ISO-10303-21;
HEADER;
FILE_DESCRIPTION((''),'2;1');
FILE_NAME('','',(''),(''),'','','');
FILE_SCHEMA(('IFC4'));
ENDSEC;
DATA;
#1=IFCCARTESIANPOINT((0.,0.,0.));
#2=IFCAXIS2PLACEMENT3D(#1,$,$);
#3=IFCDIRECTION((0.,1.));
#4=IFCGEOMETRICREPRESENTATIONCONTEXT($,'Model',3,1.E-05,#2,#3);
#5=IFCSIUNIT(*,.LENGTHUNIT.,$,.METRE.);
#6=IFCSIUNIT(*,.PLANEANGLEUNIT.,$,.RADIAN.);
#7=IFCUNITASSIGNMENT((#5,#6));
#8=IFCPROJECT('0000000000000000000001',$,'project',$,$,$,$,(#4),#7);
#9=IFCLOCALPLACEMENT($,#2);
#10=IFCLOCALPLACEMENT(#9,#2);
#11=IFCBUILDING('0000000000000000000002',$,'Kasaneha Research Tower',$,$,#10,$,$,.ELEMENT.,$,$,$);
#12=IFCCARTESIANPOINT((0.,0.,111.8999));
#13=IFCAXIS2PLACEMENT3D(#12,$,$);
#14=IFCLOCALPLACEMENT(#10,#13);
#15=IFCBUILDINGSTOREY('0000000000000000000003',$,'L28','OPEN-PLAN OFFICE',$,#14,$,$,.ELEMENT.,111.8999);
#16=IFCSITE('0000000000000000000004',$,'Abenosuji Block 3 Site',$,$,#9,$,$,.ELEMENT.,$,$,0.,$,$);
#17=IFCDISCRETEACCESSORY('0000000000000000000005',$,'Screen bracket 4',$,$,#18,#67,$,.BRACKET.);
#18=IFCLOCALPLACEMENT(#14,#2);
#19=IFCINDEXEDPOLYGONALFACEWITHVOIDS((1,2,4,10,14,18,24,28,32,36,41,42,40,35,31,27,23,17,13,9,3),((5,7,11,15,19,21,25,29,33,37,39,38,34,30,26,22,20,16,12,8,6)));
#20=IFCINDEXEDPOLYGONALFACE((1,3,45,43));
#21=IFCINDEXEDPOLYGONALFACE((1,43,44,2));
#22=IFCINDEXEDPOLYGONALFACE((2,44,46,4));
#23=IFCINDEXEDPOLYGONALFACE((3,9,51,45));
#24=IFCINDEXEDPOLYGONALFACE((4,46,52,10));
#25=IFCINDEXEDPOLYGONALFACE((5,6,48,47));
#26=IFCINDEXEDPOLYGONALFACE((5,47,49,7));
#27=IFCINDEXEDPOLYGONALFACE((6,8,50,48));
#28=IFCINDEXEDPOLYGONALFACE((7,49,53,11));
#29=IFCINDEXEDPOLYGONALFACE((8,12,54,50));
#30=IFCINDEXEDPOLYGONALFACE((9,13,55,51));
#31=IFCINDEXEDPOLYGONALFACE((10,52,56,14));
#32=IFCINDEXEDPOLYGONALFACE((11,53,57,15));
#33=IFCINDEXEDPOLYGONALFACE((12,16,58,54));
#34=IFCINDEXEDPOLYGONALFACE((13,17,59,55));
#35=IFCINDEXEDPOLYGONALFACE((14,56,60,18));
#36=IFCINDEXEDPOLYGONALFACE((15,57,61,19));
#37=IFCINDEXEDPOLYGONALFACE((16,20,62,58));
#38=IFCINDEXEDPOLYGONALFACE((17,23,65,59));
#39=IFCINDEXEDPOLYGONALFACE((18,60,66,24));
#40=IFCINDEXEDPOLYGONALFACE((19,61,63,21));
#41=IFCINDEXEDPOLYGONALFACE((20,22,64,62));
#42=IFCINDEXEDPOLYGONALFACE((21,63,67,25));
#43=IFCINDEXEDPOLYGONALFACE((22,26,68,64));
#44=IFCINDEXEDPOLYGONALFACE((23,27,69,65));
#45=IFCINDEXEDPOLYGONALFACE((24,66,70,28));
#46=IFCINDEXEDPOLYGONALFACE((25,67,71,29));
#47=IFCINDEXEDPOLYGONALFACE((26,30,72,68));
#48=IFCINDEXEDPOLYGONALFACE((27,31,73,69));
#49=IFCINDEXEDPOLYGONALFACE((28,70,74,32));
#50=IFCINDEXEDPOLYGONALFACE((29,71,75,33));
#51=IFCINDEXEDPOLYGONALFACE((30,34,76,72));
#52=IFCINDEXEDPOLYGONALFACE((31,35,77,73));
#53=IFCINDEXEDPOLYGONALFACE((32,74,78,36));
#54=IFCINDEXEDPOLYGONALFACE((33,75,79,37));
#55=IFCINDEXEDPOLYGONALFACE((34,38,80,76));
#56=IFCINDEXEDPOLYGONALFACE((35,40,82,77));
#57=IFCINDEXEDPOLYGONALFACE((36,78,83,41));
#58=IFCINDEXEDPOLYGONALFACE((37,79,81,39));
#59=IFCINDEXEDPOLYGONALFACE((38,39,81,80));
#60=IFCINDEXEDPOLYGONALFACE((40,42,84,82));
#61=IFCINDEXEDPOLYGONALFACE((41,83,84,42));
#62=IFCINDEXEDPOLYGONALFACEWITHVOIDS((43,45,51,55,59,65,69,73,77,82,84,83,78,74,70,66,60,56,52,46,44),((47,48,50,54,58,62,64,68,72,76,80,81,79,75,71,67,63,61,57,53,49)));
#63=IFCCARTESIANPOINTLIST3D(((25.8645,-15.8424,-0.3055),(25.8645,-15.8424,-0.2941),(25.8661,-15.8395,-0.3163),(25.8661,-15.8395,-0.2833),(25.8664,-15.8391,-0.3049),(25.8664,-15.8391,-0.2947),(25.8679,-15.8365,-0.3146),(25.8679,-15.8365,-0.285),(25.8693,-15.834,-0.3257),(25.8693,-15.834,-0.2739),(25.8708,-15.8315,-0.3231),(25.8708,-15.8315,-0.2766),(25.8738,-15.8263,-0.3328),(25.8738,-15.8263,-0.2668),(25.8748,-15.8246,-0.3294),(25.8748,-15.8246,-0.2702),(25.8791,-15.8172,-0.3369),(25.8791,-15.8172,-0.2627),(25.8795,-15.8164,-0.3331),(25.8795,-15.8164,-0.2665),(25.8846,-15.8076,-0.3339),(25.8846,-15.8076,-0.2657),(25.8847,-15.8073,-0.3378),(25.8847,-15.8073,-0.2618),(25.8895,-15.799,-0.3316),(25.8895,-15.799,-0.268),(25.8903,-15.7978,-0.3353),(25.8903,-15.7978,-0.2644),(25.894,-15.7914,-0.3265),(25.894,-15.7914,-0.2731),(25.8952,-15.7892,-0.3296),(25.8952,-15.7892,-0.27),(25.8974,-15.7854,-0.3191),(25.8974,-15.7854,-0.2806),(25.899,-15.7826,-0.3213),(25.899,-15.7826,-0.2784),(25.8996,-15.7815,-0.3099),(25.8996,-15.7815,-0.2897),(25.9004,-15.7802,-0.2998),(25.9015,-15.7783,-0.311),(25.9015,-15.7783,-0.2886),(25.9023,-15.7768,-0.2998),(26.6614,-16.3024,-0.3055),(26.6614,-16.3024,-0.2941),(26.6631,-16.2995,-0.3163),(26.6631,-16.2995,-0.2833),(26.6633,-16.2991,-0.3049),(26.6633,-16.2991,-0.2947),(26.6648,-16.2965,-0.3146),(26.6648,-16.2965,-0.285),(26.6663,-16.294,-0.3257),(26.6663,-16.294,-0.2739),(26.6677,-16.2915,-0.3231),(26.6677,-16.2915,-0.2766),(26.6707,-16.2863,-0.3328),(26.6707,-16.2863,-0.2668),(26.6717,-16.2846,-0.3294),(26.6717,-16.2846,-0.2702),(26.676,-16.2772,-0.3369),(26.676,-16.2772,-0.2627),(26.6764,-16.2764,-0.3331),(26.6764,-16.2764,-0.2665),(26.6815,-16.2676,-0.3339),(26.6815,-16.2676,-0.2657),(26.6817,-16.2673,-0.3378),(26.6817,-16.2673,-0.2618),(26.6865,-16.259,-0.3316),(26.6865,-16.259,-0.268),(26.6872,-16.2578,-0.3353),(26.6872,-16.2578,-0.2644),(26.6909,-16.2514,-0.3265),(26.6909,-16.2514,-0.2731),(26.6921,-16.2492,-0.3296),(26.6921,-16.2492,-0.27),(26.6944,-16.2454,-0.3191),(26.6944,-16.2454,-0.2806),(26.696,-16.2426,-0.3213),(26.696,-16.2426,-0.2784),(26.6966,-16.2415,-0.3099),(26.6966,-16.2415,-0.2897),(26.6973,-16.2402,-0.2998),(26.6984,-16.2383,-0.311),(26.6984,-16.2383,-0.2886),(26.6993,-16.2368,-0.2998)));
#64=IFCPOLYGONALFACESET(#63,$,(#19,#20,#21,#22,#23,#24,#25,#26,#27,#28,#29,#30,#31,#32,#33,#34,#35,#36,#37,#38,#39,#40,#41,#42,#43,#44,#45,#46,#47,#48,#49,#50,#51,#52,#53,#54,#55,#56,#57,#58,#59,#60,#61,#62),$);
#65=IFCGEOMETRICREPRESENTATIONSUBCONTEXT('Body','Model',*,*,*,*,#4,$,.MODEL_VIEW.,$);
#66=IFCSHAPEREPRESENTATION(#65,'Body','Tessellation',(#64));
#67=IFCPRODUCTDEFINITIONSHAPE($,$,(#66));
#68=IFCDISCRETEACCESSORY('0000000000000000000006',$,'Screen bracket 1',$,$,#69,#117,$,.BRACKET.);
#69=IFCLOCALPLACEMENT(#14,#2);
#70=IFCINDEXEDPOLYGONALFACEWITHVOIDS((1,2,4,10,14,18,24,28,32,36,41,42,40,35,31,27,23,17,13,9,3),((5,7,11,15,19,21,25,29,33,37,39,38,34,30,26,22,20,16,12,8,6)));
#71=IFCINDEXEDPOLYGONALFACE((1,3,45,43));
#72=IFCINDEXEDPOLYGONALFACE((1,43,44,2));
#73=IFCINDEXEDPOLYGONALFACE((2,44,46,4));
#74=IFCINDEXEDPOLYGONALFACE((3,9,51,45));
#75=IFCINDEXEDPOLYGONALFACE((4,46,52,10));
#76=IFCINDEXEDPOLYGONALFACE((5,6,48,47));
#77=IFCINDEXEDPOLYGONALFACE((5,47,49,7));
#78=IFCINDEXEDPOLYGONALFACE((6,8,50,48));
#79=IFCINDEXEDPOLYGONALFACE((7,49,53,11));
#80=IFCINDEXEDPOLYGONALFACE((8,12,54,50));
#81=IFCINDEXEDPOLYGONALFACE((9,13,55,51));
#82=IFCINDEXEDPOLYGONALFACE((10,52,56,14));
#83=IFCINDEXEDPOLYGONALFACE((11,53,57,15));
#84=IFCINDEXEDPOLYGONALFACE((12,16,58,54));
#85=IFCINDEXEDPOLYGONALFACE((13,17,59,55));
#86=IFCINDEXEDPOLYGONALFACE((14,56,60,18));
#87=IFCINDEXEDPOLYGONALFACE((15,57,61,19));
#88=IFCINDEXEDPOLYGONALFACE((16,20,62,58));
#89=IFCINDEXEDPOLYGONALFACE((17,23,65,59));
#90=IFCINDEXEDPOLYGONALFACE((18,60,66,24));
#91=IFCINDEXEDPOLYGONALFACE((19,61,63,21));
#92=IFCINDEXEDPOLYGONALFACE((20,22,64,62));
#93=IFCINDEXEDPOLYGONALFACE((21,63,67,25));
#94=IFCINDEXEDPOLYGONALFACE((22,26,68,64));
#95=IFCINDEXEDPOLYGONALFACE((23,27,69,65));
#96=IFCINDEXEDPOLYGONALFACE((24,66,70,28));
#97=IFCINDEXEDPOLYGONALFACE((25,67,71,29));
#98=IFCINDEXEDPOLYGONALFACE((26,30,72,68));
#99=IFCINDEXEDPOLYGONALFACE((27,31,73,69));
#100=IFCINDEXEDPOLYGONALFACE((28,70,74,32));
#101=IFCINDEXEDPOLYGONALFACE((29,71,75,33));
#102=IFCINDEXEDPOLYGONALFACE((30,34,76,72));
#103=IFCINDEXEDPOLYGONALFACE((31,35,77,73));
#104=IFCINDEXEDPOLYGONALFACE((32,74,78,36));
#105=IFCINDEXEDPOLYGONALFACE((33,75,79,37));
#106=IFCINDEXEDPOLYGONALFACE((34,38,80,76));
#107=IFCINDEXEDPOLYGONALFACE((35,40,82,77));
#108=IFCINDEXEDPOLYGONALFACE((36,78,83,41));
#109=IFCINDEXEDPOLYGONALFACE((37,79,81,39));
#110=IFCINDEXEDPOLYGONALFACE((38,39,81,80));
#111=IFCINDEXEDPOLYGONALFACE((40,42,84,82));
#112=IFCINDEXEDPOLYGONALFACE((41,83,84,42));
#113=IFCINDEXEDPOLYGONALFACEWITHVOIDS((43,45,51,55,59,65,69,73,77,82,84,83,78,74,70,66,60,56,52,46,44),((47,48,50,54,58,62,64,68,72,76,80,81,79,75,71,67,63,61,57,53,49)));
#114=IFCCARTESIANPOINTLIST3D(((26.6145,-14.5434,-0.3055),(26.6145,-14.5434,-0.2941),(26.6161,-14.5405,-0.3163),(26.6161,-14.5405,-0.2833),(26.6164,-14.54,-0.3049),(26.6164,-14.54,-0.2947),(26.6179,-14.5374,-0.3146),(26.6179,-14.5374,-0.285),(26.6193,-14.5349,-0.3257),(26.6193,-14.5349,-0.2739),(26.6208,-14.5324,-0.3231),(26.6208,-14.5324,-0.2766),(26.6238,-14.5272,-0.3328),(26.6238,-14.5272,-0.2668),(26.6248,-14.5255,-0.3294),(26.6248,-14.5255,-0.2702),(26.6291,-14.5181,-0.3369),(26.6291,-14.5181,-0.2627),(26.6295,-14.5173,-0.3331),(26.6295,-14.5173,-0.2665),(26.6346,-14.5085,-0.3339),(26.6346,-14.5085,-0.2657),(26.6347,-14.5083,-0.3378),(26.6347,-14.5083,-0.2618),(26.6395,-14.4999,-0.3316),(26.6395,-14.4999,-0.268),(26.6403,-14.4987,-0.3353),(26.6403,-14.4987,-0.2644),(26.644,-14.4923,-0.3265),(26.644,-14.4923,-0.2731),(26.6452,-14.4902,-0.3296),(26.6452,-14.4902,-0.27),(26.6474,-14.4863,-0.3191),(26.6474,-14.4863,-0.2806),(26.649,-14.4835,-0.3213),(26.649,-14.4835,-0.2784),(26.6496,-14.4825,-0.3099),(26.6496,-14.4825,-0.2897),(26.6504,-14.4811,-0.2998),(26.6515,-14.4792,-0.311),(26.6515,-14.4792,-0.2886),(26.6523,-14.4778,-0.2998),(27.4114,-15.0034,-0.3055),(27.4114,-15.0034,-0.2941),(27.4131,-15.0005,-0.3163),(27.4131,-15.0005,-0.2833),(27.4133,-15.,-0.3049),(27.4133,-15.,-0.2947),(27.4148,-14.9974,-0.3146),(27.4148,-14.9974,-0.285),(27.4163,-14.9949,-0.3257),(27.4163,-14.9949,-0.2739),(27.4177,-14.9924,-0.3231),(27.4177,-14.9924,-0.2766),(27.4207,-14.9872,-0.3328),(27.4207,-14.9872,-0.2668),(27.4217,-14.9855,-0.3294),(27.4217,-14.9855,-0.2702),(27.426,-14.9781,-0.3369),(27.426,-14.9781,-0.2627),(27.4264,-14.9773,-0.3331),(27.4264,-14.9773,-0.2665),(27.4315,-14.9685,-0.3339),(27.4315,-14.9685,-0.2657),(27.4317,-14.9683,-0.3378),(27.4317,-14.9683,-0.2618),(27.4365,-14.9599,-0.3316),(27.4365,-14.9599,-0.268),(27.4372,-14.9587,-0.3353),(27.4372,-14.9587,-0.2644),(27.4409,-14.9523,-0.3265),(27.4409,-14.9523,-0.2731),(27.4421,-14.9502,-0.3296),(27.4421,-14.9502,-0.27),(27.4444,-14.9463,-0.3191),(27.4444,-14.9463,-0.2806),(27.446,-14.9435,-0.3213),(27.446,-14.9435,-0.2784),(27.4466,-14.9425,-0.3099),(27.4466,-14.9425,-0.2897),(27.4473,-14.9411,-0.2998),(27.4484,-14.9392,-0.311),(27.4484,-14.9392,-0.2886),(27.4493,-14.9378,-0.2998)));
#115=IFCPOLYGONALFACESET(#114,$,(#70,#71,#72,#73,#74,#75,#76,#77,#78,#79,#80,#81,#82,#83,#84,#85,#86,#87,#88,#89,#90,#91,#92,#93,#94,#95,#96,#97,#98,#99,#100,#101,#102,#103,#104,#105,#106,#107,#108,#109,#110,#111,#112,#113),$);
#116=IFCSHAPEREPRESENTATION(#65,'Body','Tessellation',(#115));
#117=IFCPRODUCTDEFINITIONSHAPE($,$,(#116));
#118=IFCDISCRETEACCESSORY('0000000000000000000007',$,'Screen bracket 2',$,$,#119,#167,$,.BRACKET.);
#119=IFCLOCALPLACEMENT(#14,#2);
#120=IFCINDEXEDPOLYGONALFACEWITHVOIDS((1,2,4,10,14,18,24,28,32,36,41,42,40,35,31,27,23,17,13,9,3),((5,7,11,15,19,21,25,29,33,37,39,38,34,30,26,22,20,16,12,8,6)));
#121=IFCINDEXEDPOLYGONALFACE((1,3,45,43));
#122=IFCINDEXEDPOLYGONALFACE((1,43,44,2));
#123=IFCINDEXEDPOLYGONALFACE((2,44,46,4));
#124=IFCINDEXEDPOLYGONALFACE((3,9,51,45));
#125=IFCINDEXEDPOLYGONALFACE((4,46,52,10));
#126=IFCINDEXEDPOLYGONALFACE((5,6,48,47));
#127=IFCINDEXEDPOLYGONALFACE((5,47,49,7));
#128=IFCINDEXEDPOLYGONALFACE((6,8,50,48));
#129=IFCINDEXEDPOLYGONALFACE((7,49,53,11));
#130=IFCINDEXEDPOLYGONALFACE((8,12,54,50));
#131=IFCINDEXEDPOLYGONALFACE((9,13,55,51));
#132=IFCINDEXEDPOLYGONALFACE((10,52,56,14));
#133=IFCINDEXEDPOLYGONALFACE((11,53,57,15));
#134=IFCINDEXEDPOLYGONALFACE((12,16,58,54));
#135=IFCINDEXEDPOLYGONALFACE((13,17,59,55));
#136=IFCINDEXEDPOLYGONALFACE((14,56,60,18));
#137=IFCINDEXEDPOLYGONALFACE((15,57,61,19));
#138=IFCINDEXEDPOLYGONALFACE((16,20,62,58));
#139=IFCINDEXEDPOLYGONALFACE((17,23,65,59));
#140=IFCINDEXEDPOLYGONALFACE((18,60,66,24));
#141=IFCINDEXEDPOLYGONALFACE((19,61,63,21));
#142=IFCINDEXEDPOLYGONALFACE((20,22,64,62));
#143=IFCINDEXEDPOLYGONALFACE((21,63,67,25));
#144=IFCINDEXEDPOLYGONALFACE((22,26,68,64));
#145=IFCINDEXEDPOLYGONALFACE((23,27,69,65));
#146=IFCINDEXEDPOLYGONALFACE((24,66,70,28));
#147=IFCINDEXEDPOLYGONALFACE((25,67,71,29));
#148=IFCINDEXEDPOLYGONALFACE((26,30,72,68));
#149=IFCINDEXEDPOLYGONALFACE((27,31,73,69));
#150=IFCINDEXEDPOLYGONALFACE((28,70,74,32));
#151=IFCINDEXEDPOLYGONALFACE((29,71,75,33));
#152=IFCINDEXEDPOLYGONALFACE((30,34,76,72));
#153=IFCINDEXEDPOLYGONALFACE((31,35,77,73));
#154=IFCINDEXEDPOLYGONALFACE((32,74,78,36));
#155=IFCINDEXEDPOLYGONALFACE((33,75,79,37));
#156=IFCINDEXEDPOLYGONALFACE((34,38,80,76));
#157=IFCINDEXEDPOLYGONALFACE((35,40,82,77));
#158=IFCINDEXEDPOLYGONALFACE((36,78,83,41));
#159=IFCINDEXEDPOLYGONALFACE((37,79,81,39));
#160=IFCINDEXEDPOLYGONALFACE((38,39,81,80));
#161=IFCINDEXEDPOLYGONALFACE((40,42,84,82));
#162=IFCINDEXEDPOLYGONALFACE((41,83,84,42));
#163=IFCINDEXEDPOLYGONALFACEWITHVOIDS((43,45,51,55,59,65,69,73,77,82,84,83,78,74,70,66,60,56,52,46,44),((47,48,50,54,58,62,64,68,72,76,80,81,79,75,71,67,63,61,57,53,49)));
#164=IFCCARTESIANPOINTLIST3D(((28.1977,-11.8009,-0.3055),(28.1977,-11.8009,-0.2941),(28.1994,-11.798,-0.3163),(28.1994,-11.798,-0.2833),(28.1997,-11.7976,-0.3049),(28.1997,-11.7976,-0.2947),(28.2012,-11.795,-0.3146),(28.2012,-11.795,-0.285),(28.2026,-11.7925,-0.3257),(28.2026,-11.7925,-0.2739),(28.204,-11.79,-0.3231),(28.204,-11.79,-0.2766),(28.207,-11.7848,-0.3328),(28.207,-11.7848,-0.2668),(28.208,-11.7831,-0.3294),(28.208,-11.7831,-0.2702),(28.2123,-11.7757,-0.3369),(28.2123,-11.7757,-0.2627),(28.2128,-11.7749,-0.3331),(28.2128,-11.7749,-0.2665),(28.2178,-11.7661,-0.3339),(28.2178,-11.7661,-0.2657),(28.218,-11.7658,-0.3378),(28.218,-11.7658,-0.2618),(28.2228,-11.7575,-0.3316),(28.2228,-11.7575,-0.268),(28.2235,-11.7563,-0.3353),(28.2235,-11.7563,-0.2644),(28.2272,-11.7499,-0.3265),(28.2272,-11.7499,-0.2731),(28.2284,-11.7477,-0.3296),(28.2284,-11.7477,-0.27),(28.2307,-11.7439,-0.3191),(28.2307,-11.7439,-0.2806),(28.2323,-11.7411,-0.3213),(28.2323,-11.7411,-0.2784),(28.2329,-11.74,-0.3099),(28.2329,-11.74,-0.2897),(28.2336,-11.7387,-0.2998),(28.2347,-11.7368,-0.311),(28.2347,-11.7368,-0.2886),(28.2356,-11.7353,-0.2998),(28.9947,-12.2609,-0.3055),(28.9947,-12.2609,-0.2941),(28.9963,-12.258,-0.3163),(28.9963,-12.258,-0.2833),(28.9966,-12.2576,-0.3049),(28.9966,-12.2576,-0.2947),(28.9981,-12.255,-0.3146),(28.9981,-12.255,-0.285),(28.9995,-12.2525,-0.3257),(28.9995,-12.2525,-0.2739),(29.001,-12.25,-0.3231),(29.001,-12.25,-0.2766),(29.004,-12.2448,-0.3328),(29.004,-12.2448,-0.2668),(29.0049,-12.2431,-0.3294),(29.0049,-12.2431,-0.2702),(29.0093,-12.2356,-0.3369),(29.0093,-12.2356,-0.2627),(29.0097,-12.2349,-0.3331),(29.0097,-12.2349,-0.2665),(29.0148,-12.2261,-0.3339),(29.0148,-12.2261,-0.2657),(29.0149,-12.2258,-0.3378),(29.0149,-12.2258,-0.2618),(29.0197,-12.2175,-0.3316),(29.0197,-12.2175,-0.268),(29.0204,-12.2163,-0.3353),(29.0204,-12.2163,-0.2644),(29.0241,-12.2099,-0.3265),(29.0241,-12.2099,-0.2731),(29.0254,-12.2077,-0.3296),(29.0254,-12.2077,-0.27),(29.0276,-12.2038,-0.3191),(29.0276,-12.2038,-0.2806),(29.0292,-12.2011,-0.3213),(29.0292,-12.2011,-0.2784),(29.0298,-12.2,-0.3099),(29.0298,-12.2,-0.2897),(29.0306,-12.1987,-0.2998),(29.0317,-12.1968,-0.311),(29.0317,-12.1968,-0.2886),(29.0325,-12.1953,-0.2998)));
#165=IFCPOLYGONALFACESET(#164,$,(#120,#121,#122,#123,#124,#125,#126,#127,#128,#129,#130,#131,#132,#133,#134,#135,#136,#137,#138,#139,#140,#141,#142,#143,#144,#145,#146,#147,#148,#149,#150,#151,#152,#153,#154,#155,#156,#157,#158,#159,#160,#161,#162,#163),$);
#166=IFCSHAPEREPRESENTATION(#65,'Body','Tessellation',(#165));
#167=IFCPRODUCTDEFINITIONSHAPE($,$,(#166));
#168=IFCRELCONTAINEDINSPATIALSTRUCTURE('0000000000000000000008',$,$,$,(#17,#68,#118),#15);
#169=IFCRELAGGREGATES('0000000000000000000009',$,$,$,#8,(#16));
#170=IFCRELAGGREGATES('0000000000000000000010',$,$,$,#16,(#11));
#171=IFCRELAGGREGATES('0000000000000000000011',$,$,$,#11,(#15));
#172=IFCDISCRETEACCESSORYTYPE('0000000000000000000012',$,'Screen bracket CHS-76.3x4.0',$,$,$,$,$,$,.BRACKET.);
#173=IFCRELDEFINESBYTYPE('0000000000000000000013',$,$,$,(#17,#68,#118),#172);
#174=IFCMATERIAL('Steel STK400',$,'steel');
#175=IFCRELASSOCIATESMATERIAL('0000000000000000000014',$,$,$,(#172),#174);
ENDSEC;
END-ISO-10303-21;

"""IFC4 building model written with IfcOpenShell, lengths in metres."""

from ifc_helpers import new_model, si_unit, direction, frame, origin, origin_2d, place, context, subcontext, project, spatial, hollow_circle, extrude, material, material_profile, profile_set, type_object, element, save


model = new_model("IFC4")

# Units and contexts
model_context = context("Model", 3, precision=1e-05, world=origin(), true_north=direction((0.0, 1.0)))
body_context = subcontext(model_context, "Body", "Model", "MODEL_VIEW")
ifc_project = project(units=[si_unit("LENGTHUNIT", "METRE"), si_unit("PLANEANGLEUNIT", "RADIAN")], contexts=[model_context])

# Site, building, storey
site_placement = place(None, origin())
site = spatial("IfcSite", under=ifc_project, at=site_placement, Name="Abenosuji Block 3 Site", CompositionType="ELEMENT", RefElevation=0.0)
building_placement = place(site_placement, origin())
building = spatial("IfcBuilding", under=site, at=building_placement, Name="Kasaneha Research Tower", CompositionType="ELEMENT")
storey_placement = place(building_placement, frame((0.0, 0.0, 111.8999)))
storey = spatial("IfcBuildingStorey", under=building, at=storey_placement, Name="L28", Description="OPEN-PLAN OFFICE", CompositionType="ELEMENT", Elevation=111.8999)

# Discrete accessories
ifc_material_1 = material(Name="Steel STK400", Category="steel")
ifc_material_profile_1 = material_profile(ifc_material_1, hollow_circle(Radius=0.0381, WallThickness=0.0039, at=origin_2d()), Name="CHS-76.3x4.0")
ifc_profile_set_1 = profile_set([ifc_material_profile_1], Name="Steel STK400")
discrete_accessory_type = type_object("IfcDiscreteAccessoryType", Name="Screen bracket CHS-76.3x4.0", PredefinedType="BRACKET", material=ifc_profile_set_1)
for number, where, z_axis, x_axis, name in (
    (1, (25.8833, -15.8098, -0.2998), (0.86608, -0.499906, 0.0), (0.499906, 0.86608, 0.0), "Screen bracket 4"),
    (2, (26.6333, -14.5107, -0.2998), (0.86608, -0.499906, 0.0), (0.499906, 0.86608, 0.0), "Screen bracket 1"),
    (3, (28.2166, -11.7683, -0.2998), (0.86608, -0.499906, 0.0), (0.499906, 0.86608, 0.0), "Screen bracket 2"),
):
    element("IfcDiscreteAccessory", number, at=place(storey_placement, frame(where, z_axis=z_axis, x_axis=x_axis)), inside=storey, type_object=discrete_accessory_type, Name=name, PredefinedType="BRACKET", context=body_context, shape_type="SweptSolid", body=[
        extrude(hollow_circle(Radius=0.0381, WallThickness=0.0039, at=origin_2d()), origin(), (0.0, 0.0, 1.0), 0.9202),
    ])

save(model, "model.ifc")
